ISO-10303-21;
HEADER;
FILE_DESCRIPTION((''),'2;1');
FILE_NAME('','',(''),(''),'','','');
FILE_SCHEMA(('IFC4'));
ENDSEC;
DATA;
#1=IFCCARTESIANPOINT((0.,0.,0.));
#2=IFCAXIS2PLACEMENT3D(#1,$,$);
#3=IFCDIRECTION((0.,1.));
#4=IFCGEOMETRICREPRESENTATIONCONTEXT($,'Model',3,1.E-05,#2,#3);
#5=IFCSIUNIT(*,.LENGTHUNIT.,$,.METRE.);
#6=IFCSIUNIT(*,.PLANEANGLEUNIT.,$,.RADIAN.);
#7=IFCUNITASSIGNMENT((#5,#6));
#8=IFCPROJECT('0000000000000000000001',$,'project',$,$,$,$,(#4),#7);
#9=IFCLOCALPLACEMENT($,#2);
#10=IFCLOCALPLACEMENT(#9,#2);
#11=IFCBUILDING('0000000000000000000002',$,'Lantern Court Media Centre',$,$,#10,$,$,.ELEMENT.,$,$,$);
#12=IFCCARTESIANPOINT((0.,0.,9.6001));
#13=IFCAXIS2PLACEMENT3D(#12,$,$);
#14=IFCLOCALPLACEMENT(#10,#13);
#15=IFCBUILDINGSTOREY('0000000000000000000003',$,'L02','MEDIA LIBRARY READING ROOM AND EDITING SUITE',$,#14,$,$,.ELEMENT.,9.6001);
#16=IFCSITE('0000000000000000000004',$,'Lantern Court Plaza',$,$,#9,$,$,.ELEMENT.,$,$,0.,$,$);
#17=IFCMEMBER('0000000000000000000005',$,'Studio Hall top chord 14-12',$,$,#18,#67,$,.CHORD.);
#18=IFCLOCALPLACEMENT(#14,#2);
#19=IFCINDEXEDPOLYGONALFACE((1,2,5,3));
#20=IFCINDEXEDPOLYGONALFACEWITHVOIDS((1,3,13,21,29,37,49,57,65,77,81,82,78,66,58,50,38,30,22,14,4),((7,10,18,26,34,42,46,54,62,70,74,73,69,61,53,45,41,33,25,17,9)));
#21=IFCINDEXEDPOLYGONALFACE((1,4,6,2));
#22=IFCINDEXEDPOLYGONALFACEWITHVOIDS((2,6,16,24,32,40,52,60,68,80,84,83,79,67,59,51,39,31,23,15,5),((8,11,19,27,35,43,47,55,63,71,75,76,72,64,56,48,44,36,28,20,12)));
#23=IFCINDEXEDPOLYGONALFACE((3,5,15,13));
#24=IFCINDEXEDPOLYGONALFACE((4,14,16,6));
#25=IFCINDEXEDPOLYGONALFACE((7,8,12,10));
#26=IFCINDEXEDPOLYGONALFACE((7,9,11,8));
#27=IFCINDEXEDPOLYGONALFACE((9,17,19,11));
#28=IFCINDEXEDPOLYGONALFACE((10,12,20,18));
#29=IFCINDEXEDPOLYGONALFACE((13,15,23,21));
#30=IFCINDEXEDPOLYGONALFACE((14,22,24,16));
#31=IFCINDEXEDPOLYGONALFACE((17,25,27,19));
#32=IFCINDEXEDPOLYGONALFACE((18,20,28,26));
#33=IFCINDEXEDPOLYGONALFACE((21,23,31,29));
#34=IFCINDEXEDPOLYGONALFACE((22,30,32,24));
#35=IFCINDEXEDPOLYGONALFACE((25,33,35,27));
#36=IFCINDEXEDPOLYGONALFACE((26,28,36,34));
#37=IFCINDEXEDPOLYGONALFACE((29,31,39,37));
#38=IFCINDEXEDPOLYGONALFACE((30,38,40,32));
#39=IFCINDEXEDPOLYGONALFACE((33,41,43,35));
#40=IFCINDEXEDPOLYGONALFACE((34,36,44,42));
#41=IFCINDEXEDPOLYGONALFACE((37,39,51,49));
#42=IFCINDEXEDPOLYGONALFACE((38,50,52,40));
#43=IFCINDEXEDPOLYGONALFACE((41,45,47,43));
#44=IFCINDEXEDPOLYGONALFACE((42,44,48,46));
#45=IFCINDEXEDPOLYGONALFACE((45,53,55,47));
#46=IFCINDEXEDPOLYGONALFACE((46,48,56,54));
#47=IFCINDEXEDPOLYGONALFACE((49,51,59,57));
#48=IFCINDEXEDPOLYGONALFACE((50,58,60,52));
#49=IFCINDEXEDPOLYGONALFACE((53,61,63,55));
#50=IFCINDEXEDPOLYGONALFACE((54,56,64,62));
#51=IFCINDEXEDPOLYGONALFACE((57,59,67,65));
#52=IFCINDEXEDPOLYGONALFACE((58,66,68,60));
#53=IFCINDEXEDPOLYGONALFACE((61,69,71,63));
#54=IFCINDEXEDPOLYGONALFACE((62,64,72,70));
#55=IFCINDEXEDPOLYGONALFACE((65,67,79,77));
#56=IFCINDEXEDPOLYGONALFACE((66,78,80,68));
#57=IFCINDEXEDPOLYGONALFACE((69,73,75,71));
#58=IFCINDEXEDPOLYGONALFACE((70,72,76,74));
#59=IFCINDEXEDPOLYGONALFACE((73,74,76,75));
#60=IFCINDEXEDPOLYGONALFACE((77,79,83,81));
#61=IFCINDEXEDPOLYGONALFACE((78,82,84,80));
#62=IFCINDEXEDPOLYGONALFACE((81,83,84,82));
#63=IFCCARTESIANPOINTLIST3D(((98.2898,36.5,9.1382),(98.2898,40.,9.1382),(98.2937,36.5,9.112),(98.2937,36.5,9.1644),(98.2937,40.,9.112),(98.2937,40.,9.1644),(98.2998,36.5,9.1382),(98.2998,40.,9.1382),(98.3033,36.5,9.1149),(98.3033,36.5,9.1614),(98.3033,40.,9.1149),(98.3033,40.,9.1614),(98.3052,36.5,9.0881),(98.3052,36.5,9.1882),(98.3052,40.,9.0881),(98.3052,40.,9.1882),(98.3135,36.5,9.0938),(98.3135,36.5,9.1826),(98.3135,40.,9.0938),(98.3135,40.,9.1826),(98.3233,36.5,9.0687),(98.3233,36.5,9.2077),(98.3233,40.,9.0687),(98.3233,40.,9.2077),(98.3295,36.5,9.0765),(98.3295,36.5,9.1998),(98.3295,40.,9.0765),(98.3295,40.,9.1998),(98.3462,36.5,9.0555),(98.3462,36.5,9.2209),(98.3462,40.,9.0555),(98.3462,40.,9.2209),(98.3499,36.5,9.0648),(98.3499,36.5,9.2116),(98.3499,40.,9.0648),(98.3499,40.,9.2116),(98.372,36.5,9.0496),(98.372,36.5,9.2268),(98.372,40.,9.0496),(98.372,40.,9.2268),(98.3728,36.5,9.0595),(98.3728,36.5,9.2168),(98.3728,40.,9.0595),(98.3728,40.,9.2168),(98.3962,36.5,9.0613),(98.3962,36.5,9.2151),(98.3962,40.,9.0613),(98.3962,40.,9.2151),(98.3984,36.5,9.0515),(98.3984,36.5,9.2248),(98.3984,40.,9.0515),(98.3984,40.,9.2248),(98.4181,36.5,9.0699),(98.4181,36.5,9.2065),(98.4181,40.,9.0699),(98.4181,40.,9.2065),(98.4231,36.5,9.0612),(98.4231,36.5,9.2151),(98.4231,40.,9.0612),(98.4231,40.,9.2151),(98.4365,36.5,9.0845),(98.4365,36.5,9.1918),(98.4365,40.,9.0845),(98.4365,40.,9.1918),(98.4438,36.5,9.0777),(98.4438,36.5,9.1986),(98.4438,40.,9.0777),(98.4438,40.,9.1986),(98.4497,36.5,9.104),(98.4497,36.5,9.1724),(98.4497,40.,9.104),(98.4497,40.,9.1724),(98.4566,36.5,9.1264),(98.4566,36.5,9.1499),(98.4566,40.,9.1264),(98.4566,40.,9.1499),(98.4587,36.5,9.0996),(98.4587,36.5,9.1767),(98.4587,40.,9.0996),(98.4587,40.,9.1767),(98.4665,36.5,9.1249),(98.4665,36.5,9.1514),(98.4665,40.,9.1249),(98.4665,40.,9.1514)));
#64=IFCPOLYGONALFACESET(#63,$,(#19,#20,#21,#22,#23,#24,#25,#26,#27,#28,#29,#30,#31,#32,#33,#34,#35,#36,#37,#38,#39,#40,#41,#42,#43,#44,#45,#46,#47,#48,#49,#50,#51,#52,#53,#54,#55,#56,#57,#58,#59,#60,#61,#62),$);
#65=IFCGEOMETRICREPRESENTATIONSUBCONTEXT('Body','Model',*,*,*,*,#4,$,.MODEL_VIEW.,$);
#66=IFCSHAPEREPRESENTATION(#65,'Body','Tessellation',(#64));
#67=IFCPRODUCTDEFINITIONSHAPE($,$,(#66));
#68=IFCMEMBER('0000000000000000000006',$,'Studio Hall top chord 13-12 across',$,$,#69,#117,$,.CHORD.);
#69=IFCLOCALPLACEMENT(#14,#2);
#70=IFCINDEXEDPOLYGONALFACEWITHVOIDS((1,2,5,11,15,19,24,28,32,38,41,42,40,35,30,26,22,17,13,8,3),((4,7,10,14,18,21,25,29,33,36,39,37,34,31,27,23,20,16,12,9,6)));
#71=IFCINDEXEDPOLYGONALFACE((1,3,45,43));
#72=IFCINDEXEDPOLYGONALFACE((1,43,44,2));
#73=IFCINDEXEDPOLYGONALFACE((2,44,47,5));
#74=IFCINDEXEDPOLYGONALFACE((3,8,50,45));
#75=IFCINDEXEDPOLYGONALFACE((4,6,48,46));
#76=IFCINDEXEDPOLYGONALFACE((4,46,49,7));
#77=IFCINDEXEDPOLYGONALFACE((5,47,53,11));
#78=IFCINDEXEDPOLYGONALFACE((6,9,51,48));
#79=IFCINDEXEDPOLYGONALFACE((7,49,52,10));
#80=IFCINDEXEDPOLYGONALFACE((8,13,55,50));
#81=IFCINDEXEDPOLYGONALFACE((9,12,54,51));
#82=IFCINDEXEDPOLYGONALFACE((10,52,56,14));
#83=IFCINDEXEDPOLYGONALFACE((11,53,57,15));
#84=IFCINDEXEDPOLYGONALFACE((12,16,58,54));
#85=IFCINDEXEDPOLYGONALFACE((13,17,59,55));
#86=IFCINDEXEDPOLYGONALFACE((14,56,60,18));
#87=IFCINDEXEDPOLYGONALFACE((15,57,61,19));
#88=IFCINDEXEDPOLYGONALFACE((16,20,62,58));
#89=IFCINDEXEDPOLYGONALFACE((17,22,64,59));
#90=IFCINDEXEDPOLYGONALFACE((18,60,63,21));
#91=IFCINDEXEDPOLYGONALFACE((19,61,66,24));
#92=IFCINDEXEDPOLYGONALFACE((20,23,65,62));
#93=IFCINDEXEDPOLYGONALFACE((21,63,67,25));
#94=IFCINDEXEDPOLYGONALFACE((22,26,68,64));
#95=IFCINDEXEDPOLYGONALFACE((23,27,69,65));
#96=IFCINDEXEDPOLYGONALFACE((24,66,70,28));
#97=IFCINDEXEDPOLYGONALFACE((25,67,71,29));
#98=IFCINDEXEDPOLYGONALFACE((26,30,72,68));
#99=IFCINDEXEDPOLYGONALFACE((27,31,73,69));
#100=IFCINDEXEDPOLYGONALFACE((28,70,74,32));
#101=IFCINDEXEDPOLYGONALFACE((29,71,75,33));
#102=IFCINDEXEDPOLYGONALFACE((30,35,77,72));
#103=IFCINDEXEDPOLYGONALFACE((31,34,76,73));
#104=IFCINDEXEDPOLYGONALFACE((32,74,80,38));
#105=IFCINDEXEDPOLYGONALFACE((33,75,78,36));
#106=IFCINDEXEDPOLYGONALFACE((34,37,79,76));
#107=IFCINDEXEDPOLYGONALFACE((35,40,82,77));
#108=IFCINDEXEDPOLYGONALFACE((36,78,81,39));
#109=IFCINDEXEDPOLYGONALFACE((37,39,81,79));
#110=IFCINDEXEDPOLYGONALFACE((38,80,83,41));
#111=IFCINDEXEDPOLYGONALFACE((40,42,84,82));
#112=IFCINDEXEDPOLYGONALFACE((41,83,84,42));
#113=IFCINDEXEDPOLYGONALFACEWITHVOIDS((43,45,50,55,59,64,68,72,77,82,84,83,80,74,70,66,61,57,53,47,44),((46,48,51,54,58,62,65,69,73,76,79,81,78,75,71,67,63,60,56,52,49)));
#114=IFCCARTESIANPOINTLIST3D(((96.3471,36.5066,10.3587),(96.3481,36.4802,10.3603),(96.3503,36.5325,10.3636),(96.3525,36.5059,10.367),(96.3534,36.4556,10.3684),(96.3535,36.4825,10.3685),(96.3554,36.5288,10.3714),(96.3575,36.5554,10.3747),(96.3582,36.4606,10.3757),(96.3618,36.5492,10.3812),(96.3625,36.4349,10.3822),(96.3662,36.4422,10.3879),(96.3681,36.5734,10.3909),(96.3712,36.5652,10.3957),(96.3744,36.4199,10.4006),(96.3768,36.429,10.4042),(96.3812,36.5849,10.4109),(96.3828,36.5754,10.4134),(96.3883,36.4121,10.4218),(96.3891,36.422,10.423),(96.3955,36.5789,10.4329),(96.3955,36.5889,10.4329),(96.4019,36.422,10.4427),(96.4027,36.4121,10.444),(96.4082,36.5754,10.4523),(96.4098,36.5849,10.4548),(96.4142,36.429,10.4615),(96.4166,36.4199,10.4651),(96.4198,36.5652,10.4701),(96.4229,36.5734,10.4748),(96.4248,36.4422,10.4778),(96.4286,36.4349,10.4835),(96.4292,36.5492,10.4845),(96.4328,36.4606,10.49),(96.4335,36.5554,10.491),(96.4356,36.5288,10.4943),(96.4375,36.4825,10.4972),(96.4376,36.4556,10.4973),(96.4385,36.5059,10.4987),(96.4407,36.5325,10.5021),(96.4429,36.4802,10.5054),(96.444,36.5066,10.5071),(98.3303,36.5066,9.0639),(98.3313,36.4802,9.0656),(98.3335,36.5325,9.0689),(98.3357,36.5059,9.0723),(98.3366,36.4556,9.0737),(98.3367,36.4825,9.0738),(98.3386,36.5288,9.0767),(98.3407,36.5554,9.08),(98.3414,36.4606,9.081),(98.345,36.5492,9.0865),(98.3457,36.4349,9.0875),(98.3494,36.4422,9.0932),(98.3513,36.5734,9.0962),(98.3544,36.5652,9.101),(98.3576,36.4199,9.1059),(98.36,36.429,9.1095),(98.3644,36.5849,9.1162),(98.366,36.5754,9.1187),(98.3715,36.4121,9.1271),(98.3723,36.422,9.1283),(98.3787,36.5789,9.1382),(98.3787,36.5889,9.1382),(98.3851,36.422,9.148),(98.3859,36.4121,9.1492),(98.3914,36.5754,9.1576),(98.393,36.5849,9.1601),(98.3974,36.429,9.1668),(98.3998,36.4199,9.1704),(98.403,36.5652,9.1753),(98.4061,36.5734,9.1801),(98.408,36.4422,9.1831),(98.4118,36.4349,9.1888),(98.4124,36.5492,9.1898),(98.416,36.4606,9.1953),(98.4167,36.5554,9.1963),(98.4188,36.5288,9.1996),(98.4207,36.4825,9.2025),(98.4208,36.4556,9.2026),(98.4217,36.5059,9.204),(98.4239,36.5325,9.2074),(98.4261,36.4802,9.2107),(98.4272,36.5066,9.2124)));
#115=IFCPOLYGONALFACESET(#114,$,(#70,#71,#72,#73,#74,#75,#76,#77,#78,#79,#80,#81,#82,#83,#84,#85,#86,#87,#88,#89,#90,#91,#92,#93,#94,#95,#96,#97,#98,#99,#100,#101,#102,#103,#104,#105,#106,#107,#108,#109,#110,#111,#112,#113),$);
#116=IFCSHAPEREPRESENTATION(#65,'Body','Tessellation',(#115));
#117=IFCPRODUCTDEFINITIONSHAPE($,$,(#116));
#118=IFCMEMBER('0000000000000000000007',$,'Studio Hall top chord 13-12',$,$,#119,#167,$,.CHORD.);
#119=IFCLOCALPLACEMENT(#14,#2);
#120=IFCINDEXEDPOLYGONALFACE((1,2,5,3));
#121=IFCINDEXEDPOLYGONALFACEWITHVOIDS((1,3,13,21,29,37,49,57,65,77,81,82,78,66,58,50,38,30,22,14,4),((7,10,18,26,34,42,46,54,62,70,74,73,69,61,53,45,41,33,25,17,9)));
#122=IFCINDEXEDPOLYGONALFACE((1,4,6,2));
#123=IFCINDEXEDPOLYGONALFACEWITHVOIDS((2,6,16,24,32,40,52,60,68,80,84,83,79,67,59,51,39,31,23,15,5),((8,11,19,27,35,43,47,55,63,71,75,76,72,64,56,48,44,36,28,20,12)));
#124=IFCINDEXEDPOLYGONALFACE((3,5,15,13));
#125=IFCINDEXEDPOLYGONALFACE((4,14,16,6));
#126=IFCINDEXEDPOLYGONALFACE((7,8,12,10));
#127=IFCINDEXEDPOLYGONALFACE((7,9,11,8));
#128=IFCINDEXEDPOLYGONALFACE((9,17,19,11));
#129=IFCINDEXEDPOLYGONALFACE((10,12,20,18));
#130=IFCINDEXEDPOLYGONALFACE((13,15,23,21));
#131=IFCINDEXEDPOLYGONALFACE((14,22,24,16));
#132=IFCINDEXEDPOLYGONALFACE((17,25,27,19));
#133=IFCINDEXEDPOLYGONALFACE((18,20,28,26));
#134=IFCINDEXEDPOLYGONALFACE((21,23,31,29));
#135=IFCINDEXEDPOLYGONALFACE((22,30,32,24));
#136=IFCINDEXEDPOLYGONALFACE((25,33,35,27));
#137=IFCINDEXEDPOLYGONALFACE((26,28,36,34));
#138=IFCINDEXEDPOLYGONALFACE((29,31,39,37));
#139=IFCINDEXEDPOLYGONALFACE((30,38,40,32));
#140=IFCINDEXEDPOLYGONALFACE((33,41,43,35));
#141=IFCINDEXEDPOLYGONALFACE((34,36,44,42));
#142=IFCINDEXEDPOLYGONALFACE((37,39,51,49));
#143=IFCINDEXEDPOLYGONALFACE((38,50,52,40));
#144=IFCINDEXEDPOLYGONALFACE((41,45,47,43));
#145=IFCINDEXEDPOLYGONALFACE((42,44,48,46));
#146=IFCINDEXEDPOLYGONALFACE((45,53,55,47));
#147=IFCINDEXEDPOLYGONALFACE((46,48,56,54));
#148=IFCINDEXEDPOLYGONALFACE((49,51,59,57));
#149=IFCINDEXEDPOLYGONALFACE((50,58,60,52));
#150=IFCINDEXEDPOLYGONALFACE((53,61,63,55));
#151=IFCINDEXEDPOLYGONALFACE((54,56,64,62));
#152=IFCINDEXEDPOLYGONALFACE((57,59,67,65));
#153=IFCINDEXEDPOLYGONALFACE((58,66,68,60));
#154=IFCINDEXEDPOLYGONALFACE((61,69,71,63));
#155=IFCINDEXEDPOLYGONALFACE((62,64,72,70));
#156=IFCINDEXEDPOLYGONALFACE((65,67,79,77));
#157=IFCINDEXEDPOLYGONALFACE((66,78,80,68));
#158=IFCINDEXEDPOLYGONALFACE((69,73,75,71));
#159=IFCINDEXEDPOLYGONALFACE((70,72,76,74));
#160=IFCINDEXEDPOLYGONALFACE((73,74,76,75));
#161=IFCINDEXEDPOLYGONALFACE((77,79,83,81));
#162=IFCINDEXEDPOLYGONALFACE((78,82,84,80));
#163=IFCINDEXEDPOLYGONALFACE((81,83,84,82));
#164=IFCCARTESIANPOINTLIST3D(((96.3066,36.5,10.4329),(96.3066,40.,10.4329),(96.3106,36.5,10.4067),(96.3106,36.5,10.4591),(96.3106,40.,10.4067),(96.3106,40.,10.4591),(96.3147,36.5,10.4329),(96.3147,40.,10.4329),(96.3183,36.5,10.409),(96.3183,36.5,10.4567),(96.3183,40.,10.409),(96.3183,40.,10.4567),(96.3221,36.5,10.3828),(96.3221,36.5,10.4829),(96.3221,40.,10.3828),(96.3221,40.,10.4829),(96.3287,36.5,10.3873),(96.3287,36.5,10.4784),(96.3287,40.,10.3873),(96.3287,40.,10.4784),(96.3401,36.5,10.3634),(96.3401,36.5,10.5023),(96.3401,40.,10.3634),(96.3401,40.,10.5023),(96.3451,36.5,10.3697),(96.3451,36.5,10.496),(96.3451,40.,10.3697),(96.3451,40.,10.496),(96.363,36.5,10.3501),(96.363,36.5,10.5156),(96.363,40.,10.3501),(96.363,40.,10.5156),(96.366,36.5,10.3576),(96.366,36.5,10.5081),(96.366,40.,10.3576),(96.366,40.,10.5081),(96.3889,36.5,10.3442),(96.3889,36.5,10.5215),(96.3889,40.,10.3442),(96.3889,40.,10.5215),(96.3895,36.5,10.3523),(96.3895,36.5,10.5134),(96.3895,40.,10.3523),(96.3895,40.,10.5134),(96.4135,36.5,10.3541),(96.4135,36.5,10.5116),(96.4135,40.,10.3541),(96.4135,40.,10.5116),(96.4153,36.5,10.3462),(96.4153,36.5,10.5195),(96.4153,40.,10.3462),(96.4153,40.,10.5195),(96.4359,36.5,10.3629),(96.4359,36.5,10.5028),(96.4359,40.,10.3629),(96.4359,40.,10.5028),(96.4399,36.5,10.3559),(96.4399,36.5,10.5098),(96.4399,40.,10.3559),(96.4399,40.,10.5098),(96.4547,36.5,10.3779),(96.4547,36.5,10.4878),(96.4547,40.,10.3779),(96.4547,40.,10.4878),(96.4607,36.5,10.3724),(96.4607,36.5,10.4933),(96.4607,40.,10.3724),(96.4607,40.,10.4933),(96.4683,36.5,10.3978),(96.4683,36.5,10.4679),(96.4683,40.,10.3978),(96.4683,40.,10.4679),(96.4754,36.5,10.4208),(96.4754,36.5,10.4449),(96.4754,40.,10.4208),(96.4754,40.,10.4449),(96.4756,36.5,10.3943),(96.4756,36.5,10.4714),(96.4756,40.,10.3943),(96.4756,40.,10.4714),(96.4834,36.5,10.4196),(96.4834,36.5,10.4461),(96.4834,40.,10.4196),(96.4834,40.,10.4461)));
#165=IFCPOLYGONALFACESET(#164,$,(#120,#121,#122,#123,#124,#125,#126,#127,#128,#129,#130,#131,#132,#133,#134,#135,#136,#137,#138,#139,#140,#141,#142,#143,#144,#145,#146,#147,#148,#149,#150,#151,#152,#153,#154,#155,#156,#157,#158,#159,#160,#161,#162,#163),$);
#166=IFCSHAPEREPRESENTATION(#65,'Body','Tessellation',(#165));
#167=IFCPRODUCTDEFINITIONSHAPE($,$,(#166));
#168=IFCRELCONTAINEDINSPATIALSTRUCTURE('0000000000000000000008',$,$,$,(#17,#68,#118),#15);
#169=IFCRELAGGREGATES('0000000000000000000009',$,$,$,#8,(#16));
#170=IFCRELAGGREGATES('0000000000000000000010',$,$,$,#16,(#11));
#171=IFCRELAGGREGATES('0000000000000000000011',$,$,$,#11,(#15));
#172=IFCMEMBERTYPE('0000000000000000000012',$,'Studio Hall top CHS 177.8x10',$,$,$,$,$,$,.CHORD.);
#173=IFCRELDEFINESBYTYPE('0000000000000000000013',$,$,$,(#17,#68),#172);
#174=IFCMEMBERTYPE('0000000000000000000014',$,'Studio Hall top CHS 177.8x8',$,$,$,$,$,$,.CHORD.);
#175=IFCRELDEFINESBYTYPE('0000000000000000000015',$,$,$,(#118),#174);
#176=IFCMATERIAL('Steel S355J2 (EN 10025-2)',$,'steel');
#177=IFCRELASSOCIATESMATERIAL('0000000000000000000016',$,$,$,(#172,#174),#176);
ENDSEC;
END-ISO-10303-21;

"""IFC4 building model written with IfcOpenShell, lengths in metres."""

from ifc_helpers import new_model, si_unit, direction, frame, origin, origin_2d, place, context, subcontext, project, spatial, hollow_circle, extrude, material, material_profile, profile_set, type_object, element, save


model = new_model("IFC4")

# Units and contexts
model_context = context("Model", 3, precision=1e-05, world=origin(), true_north=direction((0.0, 1.0)))
body_context = subcontext(model_context, "Body", "Model", "MODEL_VIEW")
ifc_project = project(units=[si_unit("LENGTHUNIT", "METRE"), si_unit("PLANEANGLEUNIT", "RADIAN")], contexts=[model_context])

# Site, building, storey
site_placement = place(None, origin())
site = spatial("IfcSite", under=ifc_project, at=site_placement, Name="Lantern Court Plaza", CompositionType="ELEMENT", RefElevation=0.0)
building_placement = place(site_placement, origin())
building = spatial("IfcBuilding", under=site, at=building_placement, Name="Lantern Court Media Centre", CompositionType="ELEMENT")
storey_placement = place(building_placement, frame((0.0, 0.0, 9.6001)))
storey = spatial("IfcBuildingStorey", under=building, at=storey_placement, Name="L02", Description="MEDIA LIBRARY READING ROOM AND EDITING SUITE", CompositionType="ELEMENT", Elevation=9.6001)

# Members
ifc_material = material(Name="Steel S355J2 (EN 10025-2)", Category="steel")
ifc_material_profile_1 = material_profile(ifc_material, hollow_circle(Radius=0.0889, WallThickness=0.01, at=origin_2d()), Name="Studio Hall top CHS 177.8x10")
ifc_profile_set_1 = profile_set([ifc_material_profile_1], Name="Steel S355J2 (EN 10025-2)")
member_type_1 = type_object("IfcMemberType", Name="Studio Hall top CHS 177.8x10", PredefinedType="CHORD", material=ifc_profile_set_1)
member_1_placement = place(storey_placement, frame((98.3787, 36.5, 9.1382), z_axis=(0.0, 1.0, 0.0), x_axis=(-1.0, 0.0, 0.0)))
element("IfcMember", 1, at=member_1_placement, inside=storey, type_object=member_type_1, Name="Studio Hall top chord 14-12", PredefinedType="CHORD", context=body_context, shape_type="SweptSolid", body=[
    extrude(hollow_circle(Radius=0.0889, WallThickness=0.01, at=origin_2d()), origin(), (0.0, 0.0, 1.0), 3.5),
])
member_2_placement = place(storey_placement, frame((96.3955, 36.5, 10.4329), z_axis=(0.837356, 0.0, -0.546658), x_axis=(0.0, 1.0, 0.0)))
element("IfcMember", 2, at=member_2_placement, inside=storey, type_object=member_type_1, Name="Studio Hall top chord 13-12 across", PredefinedType="CHORD", context=body_context, shape_type="SweptSolid", body=[
    extrude(hollow_circle(Radius=0.0889, WallThickness=0.01, at=origin_2d()), origin(), (0.0, 0.0, 1.0), 2.3684),
])
ifc_material_profile_2 = material_profile(ifc_material, hollow_circle(Radius=0.0889, WallThickness=0.0081, at=origin_2d()), Name="Studio Hall top CHS 177.8x8")
ifc_profile_set_2 = profile_set([ifc_material_profile_2], Name="Steel S355J2 (EN 10025-2)")
member_type_2 = type_object("IfcMemberType", Name="Studio Hall top CHS 177.8x8", PredefinedType="CHORD", material=ifc_profile_set_2)
member_3_placement = place(storey_placement, frame((96.3955, 36.5, 10.4329), z_axis=(0.0, 1.0, 0.0), x_axis=(-1.0, 0.0, 0.0)))
element("IfcMember", 3, at=member_3_placement, inside=storey, type_object=member_type_2, Name="Studio Hall top chord 13-12", PredefinedType="CHORD", context=body_context, shape_type="SweptSolid", body=[
    extrude(hollow_circle(Radius=0.0889, WallThickness=0.0081, at=origin_2d()), origin(), (0.0, 0.0, 1.0), 3.5),
])

save(model, "model.ifc")
